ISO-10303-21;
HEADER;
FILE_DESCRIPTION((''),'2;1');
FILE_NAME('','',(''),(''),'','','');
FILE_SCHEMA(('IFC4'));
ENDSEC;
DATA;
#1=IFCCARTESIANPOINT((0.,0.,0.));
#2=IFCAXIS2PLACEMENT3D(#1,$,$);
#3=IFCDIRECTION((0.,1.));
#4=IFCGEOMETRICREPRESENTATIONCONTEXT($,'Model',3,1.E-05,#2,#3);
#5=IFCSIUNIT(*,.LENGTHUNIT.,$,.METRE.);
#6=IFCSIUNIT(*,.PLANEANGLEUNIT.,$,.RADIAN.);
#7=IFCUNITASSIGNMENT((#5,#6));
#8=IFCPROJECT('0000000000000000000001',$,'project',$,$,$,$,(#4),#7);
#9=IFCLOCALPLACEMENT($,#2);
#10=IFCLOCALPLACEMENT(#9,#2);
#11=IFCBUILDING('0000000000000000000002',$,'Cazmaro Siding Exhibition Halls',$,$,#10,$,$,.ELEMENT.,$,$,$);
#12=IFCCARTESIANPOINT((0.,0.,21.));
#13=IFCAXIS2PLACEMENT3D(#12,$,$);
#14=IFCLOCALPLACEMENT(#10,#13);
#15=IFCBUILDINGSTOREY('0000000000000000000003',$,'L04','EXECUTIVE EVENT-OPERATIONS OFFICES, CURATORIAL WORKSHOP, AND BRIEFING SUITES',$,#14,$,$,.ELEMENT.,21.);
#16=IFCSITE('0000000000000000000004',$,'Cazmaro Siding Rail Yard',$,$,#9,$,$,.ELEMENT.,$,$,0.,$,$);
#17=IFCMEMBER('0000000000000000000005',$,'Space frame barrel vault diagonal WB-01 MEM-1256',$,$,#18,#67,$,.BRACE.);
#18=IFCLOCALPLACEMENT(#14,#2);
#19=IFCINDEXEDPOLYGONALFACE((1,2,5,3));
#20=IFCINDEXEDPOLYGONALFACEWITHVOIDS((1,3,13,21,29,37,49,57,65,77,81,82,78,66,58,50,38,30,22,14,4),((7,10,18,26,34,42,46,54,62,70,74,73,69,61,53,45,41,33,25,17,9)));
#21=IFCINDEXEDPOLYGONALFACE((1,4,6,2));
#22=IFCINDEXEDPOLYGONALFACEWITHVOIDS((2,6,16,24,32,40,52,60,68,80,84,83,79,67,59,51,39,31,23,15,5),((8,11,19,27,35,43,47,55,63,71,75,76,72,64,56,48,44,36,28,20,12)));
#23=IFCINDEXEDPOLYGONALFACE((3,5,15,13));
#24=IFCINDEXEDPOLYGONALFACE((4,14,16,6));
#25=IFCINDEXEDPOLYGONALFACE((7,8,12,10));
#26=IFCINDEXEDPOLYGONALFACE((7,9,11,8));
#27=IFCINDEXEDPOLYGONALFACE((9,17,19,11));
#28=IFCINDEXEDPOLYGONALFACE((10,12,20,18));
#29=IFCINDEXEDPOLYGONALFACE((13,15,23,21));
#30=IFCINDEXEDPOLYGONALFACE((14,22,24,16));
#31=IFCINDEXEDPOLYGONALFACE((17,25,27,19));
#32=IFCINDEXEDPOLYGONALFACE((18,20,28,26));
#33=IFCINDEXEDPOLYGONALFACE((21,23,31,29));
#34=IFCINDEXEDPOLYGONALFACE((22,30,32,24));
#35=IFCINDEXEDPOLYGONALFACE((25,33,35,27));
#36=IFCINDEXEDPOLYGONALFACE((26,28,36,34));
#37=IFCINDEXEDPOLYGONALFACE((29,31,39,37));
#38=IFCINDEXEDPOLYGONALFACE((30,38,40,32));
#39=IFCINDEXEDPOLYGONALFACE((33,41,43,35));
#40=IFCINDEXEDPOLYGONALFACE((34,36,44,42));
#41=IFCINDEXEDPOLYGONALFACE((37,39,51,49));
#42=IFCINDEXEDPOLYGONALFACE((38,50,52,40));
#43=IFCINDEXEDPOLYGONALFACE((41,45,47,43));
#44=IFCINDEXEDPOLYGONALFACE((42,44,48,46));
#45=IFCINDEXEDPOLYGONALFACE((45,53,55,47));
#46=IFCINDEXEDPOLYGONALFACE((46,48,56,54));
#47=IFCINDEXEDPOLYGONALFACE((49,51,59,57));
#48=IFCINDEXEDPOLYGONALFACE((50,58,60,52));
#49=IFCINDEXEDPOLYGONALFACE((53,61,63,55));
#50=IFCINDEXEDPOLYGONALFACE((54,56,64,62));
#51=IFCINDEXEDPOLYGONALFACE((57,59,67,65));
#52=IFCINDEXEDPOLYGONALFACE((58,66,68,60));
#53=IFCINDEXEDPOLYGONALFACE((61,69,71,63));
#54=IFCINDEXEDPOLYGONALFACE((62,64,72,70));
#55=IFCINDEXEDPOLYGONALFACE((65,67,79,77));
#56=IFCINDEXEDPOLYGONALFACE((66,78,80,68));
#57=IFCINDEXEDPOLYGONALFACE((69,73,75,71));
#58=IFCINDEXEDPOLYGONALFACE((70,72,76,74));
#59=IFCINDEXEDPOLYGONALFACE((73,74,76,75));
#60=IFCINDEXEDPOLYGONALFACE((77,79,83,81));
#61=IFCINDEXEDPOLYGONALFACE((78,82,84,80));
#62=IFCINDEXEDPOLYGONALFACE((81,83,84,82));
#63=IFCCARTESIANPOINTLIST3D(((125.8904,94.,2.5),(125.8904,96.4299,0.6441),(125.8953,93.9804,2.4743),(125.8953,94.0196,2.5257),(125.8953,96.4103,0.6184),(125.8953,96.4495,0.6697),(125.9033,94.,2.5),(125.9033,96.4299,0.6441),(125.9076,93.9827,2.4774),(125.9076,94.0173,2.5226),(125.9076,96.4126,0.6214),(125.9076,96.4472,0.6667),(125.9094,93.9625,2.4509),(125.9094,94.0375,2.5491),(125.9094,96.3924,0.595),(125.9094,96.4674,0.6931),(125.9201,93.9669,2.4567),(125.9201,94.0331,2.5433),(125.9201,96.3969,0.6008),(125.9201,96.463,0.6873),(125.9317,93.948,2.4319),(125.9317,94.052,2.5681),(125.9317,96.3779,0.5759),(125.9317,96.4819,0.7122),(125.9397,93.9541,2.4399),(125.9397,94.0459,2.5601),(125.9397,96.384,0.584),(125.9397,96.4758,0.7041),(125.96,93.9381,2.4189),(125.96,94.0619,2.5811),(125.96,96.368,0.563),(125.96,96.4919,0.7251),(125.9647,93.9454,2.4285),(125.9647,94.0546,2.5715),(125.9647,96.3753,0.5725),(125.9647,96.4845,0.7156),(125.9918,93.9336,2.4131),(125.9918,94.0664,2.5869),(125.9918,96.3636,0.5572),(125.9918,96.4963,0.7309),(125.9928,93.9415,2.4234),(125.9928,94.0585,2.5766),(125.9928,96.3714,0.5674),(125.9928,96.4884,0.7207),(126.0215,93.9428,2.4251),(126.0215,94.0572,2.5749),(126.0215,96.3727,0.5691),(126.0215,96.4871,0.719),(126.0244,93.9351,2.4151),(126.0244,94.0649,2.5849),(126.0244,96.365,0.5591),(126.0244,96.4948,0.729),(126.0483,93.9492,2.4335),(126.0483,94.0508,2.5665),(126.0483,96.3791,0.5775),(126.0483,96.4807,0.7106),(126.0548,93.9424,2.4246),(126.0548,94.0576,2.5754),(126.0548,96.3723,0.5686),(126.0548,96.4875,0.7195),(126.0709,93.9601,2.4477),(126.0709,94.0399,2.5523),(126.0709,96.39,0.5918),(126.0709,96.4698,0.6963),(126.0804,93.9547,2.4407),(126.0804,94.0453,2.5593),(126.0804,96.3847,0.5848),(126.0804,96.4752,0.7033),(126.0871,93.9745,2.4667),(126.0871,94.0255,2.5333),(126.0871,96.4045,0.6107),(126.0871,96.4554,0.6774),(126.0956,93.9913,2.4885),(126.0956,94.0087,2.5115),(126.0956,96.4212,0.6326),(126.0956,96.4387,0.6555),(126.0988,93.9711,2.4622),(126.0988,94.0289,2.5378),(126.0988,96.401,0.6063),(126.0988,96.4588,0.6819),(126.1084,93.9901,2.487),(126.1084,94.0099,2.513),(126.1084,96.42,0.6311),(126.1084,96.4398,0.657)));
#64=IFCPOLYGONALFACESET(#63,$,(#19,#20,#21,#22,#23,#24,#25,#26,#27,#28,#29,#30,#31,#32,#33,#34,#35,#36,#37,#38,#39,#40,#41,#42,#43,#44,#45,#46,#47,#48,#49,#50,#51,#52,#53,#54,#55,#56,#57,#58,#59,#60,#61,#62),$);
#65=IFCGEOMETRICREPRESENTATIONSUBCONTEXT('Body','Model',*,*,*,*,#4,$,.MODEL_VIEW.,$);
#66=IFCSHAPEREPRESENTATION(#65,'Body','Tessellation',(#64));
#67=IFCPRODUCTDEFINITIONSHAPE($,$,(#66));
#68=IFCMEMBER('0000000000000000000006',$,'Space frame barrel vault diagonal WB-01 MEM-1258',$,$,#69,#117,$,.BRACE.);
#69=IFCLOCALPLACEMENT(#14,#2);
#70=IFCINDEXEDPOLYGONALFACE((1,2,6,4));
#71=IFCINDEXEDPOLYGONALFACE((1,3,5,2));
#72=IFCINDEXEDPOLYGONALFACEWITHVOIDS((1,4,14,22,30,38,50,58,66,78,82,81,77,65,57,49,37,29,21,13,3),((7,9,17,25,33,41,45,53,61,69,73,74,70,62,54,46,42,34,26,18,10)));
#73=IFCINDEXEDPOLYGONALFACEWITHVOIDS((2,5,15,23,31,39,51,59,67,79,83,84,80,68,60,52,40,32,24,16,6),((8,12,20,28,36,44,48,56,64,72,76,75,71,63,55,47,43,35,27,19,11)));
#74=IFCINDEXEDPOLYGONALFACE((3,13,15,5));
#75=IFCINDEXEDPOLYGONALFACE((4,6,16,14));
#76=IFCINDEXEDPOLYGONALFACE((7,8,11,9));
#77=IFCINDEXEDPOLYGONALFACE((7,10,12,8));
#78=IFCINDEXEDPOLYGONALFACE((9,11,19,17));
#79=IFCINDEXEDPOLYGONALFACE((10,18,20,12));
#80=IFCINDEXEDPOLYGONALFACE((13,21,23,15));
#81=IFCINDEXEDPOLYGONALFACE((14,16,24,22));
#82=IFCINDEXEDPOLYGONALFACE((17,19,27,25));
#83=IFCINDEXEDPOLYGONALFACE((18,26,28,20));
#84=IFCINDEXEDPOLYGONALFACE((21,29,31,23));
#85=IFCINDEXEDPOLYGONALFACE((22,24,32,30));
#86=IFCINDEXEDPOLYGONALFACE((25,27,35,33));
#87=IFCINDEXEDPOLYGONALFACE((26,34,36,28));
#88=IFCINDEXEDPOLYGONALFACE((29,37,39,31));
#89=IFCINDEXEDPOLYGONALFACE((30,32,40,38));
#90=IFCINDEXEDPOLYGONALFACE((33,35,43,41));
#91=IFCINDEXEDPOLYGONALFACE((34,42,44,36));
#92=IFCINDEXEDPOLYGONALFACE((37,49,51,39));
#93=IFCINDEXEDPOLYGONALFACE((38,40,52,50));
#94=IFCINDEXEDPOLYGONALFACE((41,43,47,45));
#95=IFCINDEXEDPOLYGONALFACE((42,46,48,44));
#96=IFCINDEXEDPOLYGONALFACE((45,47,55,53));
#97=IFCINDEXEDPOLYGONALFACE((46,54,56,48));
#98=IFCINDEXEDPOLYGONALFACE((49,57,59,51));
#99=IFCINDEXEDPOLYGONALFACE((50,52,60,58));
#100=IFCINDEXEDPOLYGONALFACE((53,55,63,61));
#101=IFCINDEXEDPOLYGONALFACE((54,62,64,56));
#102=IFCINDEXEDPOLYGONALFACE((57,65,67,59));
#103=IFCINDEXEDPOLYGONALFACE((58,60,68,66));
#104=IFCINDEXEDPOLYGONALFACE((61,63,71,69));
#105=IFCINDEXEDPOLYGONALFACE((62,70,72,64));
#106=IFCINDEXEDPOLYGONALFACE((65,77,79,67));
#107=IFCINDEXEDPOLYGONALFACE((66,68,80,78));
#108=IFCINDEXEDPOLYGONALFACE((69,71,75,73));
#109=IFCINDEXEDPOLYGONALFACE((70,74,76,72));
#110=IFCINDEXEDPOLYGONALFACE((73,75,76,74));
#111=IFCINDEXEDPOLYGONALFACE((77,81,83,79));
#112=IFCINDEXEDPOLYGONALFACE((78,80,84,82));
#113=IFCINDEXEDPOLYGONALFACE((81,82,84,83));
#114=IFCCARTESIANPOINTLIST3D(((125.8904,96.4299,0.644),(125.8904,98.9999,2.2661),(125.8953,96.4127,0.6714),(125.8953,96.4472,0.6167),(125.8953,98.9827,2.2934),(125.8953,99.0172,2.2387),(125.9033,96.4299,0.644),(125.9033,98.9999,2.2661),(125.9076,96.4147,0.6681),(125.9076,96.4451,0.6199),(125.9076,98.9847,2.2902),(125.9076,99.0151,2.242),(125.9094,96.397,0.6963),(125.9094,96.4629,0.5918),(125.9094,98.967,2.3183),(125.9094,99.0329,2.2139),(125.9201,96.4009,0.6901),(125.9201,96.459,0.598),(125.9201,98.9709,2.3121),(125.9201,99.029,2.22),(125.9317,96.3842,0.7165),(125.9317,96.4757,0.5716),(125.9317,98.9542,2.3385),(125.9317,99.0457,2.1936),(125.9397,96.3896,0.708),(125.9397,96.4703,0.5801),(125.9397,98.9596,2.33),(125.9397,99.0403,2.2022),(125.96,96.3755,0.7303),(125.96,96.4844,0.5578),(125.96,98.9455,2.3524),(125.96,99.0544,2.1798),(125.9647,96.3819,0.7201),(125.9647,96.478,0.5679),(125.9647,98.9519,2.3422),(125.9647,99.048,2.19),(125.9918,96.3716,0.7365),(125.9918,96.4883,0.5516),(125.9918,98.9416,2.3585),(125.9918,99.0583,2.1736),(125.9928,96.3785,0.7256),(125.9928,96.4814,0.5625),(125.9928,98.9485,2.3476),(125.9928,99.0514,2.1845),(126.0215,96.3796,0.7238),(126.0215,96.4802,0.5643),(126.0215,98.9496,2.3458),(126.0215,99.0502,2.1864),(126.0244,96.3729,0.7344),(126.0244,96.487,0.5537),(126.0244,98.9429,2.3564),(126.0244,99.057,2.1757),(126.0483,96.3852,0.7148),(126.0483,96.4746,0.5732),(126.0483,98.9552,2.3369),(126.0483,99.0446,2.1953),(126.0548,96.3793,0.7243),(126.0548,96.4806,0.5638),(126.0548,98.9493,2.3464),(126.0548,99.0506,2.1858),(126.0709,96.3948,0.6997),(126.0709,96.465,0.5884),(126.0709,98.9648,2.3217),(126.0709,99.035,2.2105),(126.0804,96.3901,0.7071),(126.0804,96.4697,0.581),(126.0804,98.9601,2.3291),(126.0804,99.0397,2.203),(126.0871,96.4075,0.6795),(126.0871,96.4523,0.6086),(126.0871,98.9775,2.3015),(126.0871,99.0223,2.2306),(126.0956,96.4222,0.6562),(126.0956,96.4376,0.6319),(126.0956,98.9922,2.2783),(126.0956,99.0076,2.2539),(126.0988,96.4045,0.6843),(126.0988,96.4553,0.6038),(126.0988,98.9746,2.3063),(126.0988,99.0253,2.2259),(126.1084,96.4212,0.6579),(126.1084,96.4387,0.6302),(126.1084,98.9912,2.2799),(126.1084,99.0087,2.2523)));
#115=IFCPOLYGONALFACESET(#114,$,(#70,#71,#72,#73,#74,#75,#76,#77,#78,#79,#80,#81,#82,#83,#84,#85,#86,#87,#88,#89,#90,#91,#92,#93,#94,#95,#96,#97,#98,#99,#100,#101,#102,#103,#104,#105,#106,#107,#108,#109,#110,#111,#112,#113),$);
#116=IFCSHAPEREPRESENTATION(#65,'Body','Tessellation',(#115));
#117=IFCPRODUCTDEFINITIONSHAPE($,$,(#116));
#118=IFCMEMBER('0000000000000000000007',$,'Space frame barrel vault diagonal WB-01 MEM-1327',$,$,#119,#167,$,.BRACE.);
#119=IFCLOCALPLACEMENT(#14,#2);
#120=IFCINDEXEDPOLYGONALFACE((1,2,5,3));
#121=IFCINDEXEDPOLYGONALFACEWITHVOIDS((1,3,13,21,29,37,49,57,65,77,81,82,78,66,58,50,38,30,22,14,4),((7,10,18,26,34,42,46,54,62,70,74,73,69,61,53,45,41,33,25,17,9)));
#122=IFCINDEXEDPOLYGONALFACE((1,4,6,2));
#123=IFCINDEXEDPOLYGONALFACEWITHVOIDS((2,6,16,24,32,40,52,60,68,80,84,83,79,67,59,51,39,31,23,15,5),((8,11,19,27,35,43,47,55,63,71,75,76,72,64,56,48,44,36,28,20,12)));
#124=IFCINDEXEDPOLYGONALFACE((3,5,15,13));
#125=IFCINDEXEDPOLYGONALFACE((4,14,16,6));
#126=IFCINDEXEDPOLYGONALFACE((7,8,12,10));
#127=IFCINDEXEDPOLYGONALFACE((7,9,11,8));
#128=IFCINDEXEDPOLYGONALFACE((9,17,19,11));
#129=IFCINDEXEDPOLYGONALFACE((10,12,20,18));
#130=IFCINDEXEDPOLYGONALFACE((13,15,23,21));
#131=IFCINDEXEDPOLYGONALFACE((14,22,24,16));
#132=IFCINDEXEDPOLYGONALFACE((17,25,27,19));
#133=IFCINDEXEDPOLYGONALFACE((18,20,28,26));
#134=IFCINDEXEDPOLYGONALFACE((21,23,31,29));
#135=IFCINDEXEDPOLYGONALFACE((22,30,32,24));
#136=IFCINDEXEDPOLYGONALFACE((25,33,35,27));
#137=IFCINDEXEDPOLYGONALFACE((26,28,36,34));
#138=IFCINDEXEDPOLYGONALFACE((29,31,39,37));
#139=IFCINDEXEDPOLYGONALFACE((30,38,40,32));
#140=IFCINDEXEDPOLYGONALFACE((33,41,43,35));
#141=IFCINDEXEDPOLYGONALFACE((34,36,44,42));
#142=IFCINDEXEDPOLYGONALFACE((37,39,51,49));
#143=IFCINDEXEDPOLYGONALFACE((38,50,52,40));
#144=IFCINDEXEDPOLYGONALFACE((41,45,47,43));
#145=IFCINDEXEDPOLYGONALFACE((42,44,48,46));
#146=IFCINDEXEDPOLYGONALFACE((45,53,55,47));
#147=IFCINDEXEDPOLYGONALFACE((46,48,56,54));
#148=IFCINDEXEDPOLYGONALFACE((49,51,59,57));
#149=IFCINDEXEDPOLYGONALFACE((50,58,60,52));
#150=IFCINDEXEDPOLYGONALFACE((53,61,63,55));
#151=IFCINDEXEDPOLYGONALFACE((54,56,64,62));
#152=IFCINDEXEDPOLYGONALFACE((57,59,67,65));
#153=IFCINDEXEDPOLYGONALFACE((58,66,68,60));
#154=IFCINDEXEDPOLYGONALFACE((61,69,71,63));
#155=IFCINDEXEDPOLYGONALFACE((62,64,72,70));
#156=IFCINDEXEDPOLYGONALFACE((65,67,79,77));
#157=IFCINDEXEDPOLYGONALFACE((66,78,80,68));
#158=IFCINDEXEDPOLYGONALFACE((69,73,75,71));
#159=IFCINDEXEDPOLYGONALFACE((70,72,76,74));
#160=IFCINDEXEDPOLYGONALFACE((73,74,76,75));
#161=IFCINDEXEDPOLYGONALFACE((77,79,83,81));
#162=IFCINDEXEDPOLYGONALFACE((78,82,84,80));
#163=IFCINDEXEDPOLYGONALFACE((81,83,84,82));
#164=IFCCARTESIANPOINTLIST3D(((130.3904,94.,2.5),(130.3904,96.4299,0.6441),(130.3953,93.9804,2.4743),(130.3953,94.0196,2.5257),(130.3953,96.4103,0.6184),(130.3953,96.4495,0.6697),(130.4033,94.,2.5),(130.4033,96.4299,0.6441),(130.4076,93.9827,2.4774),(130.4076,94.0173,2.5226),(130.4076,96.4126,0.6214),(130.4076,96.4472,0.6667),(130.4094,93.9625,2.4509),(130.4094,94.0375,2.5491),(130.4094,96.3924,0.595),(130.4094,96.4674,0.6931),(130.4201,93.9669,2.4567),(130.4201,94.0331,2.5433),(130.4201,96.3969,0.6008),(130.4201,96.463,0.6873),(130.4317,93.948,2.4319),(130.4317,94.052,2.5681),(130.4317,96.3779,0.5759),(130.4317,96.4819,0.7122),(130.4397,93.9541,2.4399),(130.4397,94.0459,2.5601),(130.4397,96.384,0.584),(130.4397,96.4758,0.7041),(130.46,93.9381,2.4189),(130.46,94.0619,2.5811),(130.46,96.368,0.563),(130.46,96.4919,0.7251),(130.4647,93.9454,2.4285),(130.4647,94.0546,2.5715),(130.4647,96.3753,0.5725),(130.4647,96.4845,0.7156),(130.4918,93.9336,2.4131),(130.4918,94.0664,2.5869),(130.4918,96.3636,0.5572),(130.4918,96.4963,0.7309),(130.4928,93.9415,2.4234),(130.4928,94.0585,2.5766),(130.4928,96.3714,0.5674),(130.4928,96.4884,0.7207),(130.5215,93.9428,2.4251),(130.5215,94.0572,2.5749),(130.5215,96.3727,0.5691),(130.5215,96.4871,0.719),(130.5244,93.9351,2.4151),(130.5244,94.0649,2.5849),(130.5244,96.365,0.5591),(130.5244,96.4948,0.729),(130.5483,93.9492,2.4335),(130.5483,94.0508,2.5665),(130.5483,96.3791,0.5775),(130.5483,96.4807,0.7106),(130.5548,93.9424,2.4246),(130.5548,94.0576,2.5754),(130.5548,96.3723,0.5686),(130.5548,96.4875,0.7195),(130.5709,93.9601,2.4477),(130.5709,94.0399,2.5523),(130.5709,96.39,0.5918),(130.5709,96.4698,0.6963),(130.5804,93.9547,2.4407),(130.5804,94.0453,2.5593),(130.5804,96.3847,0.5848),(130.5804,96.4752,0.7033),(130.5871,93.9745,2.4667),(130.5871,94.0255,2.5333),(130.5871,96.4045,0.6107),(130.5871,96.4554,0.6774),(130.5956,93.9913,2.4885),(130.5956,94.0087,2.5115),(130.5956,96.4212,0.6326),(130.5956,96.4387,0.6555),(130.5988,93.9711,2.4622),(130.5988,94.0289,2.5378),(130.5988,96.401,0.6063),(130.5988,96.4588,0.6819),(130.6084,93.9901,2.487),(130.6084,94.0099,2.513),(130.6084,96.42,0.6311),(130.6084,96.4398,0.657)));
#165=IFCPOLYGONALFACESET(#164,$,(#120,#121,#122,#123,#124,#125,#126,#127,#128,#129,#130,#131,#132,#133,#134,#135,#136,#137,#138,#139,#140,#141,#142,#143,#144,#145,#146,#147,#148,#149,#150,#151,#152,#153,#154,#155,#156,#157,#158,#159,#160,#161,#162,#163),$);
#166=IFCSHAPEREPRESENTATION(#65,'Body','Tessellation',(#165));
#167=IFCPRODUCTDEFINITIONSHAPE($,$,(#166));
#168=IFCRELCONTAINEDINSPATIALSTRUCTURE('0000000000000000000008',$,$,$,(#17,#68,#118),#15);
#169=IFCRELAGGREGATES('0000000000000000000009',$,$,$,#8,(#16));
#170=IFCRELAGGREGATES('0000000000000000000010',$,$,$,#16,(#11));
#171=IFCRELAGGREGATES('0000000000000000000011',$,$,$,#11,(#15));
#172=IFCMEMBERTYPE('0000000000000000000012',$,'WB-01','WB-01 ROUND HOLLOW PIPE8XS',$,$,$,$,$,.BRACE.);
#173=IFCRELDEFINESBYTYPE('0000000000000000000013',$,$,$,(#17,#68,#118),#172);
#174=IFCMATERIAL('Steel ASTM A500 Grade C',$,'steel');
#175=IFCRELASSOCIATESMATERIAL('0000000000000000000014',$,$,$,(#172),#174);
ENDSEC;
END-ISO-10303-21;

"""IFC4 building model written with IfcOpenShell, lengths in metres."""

from ifc_helpers import new_model, si_unit, direction, frame, origin, origin_2d, place, context, subcontext, project, spatial, hollow_circle, extrude, material, material_profile, profile_set, type_object, element, save


model = new_model("IFC4")

# Units and contexts
model_context = context("Model", 3, precision=1e-05, world=origin(), true_north=direction((0.0, 1.0)))
body_context = subcontext(model_context, "Body", "Model", "MODEL_VIEW")
ifc_project = project(units=[si_unit("LENGTHUNIT", "METRE"), si_unit("PLANEANGLEUNIT", "RADIAN")], contexts=[model_context])

# Site, building, storey
site_placement = place(None, origin())
site = spatial("IfcSite", under=ifc_project, at=site_placement, Name="Cazmaro Siding Rail Yard", CompositionType="ELEMENT", RefElevation=0.0)
building_placement = place(site_placement, origin())
building = spatial("IfcBuilding", under=site, at=building_placement, Name="Cazmaro Siding Exhibition Halls", CompositionType="ELEMENT")
storey_placement = place(building_placement, frame((0.0, 0.0, 21.0)))
storey = spatial("IfcBuildingStorey", under=building, at=storey_placement, Name="L04", Description="EXECUTIVE EVENT-OPERATIONS OFFICES, CURATORIAL WORKSHOP, AND BRIEFING SUITES", CompositionType="ELEMENT", Elevation=21.0)

# Members
ifc_material_1 = material(Name="Steel ASTM A500 Grade C", Category="steel")
ifc_material_profile_1 = material_profile(ifc_material_1, hollow_circle(Radius=0.1096, WallThickness=0.0129, at=origin_2d()), Name="PIPE8XS")
ifc_profile_set_1 = profile_set([ifc_material_profile_1], Name="Steel ASTM A500 Grade C")
member_type_1 = type_object("IfcMemberType", Name="WB-01", Description="WB-01 ROUND HOLLOW PIPE8XS", PredefinedType="BRACE", material=ifc_profile_set_1)
member_1_placement = place(storey_placement, frame((126.0, 94.0, 2.5), z_axis=(0.0, 0.794709, -0.606991), x_axis=(-1.0, 0.0, 0.0)))
element("IfcMember", 1, at=member_1_placement, inside=storey, type_object=member_type_1, Name="Space frame barrel vault diagonal WB-01 MEM-1256", PredefinedType="BRACE", context=body_context, shape_type="SweptSolid", body=[
    extrude(hollow_circle(Radius=0.1096, WallThickness=0.0129, at=origin_2d()), origin(), (0.0, 0.0, 1.0), 3.0576),
])
member_2_placement = place(storey_placement, frame((126.0, 96.4299, 0.644), z_axis=(0.0, 0.845657, 0.533727), x_axis=(-1.0, 0.0, 0.0)))
element("IfcMember", 2, at=member_2_placement, inside=storey, type_object=member_type_1, Name="Space frame barrel vault diagonal WB-01 MEM-1258", PredefinedType="BRACE", context=body_context, shape_type="SweptSolid", body=[
    extrude(hollow_circle(Radius=0.1096, WallThickness=0.0129, at=origin_2d()), origin(), (0.0, 0.0, 1.0), 3.0391),
])
member_3_placement = place(storey_placement, frame((130.5, 94.0, 2.5), z_axis=(0.0, 0.794709, -0.606991), x_axis=(-1.0, 0.0, 0.0)))
element("IfcMember", 3, at=member_3_placement, inside=storey, type_object=member_type_1, Name="Space frame barrel vault diagonal WB-01 MEM-1327", PredefinedType="BRACE", context=body_context, shape_type="SweptSolid", body=[
    extrude(hollow_circle(Radius=0.1096, WallThickness=0.0129, at=origin_2d()), origin(), (0.0, 0.0, 1.0), 3.0576),
])

save(model, "model.ifc")
